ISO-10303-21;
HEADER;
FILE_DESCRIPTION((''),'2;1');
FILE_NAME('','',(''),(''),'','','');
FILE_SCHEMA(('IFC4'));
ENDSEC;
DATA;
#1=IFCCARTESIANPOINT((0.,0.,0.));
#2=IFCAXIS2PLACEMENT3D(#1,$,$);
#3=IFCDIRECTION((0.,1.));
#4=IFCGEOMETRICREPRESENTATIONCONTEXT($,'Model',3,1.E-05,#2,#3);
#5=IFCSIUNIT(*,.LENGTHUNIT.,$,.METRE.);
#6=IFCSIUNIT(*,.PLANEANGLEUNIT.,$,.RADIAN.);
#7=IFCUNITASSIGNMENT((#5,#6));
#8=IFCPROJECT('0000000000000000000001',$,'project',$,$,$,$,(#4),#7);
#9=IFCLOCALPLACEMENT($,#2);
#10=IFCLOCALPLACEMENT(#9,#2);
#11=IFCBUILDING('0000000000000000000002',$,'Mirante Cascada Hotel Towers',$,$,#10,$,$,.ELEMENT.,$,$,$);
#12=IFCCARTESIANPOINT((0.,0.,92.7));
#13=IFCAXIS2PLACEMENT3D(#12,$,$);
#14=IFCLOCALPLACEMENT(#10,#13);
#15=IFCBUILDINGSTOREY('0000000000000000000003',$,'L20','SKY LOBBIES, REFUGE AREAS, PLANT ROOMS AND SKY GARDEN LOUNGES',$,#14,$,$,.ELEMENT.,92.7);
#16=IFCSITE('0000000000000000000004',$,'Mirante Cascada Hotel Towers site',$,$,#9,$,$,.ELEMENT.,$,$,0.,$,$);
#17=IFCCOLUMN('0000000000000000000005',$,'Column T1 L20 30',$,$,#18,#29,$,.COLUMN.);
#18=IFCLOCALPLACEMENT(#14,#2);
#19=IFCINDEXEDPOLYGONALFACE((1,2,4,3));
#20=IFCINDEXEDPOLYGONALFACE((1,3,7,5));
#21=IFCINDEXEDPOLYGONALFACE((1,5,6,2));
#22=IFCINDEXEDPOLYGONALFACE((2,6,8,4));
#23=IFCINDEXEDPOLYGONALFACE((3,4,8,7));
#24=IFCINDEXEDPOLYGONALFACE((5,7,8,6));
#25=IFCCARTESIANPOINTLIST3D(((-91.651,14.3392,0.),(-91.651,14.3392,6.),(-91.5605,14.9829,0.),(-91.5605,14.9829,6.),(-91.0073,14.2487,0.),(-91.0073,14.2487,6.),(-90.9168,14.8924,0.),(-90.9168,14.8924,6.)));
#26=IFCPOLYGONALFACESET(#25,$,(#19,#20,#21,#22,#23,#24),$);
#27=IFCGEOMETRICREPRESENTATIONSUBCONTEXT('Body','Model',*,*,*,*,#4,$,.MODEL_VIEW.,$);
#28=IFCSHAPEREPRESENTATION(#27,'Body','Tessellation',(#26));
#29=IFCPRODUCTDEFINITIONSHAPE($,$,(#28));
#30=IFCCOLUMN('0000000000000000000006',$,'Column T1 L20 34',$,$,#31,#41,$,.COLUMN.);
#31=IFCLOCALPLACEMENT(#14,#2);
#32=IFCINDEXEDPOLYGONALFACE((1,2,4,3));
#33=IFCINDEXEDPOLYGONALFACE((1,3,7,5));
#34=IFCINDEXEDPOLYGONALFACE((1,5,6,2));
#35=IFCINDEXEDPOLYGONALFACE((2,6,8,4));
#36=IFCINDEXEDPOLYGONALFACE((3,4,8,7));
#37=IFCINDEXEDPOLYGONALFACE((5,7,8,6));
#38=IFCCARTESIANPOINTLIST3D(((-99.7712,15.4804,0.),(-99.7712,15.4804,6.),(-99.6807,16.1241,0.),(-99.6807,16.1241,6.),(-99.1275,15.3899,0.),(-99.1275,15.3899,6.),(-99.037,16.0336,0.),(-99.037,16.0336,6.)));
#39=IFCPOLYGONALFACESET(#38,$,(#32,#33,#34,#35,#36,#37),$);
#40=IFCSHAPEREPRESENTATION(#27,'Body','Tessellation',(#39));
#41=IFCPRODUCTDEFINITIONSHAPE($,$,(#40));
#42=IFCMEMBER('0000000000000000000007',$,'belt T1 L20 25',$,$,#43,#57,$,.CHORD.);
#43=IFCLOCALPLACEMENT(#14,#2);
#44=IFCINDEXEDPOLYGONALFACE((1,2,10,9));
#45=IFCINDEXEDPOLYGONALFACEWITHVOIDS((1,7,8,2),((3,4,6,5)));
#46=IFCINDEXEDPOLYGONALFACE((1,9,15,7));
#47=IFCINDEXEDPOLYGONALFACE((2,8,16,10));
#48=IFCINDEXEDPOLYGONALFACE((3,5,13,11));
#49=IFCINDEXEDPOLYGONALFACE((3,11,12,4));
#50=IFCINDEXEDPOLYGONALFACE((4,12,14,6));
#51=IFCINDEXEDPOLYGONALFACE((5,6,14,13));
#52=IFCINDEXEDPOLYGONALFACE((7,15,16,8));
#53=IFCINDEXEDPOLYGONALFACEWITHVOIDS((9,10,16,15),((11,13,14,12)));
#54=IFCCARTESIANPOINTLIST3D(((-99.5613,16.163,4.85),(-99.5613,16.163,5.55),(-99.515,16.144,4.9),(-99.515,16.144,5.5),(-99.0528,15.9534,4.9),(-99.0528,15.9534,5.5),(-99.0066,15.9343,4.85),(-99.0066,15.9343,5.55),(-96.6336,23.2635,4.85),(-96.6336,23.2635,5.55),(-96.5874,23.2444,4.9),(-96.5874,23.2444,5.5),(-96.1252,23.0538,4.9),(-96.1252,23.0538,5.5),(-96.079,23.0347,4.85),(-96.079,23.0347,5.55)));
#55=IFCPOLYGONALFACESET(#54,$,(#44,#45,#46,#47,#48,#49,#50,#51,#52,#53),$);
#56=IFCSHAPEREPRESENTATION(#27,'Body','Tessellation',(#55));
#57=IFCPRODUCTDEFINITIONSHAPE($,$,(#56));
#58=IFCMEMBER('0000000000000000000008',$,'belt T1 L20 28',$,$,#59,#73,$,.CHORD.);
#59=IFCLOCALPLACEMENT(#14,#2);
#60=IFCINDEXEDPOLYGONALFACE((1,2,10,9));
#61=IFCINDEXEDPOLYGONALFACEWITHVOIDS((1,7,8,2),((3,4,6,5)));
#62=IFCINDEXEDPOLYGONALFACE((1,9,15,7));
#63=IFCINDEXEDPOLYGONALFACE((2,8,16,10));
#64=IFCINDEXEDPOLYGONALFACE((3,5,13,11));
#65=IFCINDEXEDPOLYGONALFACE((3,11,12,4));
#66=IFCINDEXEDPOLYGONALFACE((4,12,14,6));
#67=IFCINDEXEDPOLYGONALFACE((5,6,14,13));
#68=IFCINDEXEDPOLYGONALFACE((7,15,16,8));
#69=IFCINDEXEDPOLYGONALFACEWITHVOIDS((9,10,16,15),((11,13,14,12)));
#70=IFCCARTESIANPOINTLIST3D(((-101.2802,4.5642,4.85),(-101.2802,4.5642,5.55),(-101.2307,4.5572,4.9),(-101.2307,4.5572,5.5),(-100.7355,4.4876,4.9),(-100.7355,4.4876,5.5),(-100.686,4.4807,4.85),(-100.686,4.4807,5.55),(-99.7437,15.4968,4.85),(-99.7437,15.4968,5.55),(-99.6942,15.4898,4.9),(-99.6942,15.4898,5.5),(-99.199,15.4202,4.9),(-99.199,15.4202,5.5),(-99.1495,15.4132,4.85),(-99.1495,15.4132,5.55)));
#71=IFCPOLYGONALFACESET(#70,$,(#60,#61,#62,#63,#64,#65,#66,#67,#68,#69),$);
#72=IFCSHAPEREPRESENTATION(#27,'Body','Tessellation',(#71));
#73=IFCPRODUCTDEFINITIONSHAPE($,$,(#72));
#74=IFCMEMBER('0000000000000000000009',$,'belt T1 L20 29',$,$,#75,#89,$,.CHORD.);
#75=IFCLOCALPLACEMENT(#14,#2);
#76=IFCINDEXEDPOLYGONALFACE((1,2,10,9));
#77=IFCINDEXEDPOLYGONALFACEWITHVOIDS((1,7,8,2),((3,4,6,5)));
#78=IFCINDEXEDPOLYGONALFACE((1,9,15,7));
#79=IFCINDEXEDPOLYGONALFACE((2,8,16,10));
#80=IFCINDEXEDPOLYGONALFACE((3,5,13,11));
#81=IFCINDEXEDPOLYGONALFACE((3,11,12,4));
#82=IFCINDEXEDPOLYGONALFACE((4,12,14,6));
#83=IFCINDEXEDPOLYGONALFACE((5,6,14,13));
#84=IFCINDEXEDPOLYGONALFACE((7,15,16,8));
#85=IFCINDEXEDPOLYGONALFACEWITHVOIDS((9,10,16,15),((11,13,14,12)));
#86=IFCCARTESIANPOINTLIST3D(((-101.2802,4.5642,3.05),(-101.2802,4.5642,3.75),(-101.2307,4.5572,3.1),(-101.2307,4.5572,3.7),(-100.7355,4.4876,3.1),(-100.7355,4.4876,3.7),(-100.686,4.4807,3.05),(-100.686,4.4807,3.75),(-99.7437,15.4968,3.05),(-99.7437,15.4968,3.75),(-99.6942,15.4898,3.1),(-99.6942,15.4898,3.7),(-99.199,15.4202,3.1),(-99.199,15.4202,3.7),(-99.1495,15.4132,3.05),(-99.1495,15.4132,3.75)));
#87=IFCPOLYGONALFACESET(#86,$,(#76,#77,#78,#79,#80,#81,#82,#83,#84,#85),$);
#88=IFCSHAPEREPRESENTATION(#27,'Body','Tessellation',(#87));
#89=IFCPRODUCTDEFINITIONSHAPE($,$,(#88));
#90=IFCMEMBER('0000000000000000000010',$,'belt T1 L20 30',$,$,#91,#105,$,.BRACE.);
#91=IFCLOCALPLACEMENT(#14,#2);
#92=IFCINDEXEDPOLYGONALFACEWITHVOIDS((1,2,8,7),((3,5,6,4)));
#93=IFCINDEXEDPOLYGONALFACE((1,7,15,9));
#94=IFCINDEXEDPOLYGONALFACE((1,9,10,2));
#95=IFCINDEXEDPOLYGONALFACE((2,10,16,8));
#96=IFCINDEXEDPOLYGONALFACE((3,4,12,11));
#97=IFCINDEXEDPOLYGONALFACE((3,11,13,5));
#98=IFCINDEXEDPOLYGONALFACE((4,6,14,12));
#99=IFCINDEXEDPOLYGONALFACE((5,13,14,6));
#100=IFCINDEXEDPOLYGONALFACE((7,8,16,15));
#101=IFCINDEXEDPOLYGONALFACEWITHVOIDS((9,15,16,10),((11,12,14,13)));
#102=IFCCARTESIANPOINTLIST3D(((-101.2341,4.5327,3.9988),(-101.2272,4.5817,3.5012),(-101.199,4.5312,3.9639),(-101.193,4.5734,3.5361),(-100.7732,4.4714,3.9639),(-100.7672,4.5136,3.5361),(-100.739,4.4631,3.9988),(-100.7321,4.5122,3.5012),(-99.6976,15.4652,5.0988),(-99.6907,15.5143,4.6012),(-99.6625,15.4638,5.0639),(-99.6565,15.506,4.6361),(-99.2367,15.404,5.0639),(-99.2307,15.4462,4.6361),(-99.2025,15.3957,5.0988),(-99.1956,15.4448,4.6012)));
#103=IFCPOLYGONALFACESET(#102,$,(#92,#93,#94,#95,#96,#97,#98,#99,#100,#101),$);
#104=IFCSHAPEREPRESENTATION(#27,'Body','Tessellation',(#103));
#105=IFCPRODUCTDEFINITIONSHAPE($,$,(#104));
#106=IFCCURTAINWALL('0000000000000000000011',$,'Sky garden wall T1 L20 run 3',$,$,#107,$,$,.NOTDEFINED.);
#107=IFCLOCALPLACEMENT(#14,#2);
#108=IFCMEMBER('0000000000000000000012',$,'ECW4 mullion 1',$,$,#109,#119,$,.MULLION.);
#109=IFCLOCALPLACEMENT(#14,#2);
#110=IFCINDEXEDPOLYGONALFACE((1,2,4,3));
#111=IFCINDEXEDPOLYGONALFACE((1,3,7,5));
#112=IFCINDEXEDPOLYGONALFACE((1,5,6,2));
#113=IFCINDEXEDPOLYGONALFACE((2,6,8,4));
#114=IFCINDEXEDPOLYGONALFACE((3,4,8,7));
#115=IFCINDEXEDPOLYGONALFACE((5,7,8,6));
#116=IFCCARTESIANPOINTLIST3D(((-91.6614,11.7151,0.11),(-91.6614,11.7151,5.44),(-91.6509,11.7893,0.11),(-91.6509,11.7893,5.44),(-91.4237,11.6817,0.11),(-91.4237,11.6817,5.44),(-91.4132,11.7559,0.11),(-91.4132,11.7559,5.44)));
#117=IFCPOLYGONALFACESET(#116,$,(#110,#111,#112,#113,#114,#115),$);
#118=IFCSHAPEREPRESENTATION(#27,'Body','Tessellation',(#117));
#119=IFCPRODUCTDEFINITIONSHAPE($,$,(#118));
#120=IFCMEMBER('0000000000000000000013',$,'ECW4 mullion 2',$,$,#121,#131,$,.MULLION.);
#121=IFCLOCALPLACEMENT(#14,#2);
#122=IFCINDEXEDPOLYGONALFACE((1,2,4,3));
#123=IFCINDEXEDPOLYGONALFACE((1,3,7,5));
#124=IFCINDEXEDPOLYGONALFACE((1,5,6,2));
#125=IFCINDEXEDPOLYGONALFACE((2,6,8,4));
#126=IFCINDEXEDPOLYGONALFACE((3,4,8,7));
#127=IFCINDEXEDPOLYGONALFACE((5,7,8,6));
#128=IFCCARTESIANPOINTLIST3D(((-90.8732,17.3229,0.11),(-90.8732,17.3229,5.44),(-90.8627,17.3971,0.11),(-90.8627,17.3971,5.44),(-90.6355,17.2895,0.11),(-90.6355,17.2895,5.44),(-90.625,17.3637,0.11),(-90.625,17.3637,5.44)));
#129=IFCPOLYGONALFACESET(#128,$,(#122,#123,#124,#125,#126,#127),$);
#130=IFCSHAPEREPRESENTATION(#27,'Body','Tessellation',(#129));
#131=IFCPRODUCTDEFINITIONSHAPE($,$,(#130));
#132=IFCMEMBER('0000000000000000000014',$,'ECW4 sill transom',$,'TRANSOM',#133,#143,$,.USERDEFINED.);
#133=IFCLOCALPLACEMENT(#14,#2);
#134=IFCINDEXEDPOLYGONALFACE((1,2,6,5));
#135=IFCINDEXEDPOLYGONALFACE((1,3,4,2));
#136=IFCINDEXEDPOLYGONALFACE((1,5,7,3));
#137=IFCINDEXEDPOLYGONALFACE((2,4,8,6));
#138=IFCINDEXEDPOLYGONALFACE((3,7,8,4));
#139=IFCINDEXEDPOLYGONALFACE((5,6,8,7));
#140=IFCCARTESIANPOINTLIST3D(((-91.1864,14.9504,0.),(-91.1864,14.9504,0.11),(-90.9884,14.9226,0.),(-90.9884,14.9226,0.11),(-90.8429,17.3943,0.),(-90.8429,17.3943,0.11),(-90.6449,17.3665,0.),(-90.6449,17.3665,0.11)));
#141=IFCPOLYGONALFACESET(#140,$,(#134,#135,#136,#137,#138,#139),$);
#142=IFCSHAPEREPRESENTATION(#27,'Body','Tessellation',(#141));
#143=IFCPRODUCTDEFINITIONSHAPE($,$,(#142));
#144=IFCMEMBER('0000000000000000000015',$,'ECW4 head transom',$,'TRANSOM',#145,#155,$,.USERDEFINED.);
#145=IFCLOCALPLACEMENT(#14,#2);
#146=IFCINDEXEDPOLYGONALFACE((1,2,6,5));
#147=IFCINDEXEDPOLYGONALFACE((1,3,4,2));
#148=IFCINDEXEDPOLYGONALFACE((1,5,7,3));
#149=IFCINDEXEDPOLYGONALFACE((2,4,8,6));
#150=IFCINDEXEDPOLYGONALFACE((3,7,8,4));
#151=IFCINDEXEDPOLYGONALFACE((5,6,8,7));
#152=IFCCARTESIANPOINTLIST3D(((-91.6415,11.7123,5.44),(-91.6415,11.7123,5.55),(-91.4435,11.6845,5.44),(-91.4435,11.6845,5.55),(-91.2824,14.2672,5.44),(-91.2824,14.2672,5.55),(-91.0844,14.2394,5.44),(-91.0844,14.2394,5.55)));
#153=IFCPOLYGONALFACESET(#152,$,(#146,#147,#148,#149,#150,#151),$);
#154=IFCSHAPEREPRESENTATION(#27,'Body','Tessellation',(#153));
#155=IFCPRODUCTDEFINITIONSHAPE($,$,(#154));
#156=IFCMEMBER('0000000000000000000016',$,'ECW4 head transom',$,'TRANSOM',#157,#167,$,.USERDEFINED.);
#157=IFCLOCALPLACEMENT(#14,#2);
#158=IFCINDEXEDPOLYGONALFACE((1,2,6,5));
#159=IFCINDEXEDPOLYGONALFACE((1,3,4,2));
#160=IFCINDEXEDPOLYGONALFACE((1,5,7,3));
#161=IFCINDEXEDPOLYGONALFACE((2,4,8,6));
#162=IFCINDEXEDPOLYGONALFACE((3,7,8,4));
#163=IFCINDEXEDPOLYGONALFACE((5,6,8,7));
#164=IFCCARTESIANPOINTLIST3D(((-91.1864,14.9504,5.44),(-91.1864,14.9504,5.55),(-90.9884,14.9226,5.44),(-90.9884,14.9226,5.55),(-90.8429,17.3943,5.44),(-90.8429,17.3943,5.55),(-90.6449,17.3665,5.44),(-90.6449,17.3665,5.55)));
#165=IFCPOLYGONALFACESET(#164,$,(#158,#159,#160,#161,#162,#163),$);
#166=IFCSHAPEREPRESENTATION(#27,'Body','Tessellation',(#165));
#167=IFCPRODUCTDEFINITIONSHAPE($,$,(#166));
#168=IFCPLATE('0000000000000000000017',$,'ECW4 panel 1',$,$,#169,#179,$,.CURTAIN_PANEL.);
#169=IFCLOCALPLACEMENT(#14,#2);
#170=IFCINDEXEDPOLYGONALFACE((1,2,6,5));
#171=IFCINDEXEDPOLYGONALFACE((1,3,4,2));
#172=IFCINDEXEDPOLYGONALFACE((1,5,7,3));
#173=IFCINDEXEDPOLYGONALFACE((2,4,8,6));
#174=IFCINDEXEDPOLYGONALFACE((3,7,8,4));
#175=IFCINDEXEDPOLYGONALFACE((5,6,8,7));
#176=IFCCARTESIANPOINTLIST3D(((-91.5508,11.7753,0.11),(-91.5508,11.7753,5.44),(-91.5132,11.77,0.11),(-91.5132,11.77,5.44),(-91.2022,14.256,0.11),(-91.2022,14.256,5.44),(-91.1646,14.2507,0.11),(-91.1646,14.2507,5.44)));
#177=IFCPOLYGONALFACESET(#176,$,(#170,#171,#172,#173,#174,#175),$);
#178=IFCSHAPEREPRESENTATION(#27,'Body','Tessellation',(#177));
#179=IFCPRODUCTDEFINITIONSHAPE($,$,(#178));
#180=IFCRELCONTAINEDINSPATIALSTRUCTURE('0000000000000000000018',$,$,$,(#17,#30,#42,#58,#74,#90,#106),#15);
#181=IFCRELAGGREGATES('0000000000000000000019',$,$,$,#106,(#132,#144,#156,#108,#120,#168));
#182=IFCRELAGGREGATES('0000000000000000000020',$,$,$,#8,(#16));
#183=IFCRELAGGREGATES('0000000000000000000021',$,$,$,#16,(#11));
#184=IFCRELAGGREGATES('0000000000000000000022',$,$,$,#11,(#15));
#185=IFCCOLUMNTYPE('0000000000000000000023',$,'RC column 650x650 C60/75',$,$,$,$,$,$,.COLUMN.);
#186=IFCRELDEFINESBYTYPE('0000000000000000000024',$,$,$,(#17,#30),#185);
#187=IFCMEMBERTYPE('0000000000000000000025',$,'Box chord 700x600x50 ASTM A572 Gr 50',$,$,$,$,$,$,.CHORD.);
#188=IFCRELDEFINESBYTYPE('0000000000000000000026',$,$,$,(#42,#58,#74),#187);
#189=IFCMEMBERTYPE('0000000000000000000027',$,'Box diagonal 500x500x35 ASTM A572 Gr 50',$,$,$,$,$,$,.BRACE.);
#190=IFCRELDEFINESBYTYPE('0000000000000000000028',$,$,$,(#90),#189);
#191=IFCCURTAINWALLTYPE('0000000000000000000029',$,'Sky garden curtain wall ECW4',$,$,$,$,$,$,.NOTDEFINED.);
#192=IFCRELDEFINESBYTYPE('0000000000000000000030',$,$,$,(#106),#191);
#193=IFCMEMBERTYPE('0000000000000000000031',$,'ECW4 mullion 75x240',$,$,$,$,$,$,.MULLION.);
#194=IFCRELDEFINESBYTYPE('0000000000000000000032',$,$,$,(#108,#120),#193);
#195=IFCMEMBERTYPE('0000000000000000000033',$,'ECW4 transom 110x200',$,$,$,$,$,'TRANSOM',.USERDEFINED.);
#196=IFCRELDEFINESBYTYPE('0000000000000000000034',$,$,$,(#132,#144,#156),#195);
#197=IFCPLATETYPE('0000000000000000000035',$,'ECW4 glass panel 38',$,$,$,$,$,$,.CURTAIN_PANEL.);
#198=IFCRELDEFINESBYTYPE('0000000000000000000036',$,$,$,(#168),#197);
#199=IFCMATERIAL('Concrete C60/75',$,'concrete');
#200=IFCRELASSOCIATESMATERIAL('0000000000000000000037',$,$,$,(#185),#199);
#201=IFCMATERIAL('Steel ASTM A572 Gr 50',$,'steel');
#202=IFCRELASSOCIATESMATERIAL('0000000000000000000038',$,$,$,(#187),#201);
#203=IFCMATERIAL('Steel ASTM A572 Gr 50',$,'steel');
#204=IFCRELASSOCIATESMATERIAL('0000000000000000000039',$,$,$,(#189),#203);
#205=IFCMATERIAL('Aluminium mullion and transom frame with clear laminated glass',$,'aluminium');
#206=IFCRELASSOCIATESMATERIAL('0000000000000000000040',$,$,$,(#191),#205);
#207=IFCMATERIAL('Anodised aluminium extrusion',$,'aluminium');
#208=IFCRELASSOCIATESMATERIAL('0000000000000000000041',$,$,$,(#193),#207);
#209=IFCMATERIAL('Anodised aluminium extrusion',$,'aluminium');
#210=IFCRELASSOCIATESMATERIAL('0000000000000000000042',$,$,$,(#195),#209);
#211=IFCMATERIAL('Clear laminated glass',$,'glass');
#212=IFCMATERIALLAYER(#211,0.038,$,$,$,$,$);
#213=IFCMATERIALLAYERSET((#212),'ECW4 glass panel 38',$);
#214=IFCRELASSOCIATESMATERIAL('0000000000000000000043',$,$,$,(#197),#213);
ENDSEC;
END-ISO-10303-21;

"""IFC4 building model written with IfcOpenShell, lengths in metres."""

from ifc_helpers import new_model, si_unit, direction, frame, origin, origin_2d, place, context, subcontext, project, spatial, rectangle, hollow_rectangle, extrude, material, layer, layer_set, material_profile, profile_set, type_object, element, aggregate, save


model = new_model("IFC4")

# Units and contexts
model_context = context("Model", 3, precision=1e-05, world=origin(), true_north=direction((0.0, 1.0)))
body_context = subcontext(model_context, "Body", "Model", "MODEL_VIEW")
ifc_project = project(units=[si_unit("LENGTHUNIT", "METRE"), si_unit("PLANEANGLEUNIT", "RADIAN")], contexts=[model_context])

# Site, building, storey
site_placement = place(None, origin())
site = spatial("IfcSite", under=ifc_project, at=site_placement, Name="Mirante Cascada Hotel Towers site", CompositionType="ELEMENT", RefElevation=0.0)
building_placement = place(site_placement, origin())
building = spatial("IfcBuilding", under=site, at=building_placement, Name="Mirante Cascada Hotel Towers", CompositionType="ELEMENT")
storey_placement = place(building_placement, frame((0.0, 0.0, 92.7)))
storey = spatial("IfcBuildingStorey", under=building, at=storey_placement, Name="L20", Description="SKY LOBBIES, REFUGE AREAS, PLANT ROOMS AND SKY GARDEN LOUNGES", CompositionType="ELEMENT", Elevation=92.7)

# Columns
ifc_material_1 = material(Name="Concrete C60/75", Category="concrete")
ifc_material_profile_1 = material_profile(ifc_material_1, rectangle(XDim=0.65, YDim=0.65, at=origin_2d()), Name="RC column 650x650 C60/75")
ifc_profile_set_1 = profile_set([ifc_material_profile_1], Name="Concrete C60/75")
column_type = type_object("IfcColumnType", Name="RC column 650x650 C60/75", PredefinedType="COLUMN", material=ifc_profile_set_1)
for number, where, z_axis, x_axis, name in (
    (1, (-91.2839, 14.6158, 0.0), (0.0, 0.0, 1.0), (-0.990268, 0.139173, 0.0), "Column T1 L20 30"),
    (2, (-99.4041, 15.757, 0.0), (0.0, 0.0, 1.0), (-0.990268, 0.139173, 0.0), "Column T1 L20 34"),
):
    element("IfcColumn", number, at=place(storey_placement, frame(where, z_axis=z_axis, x_axis=x_axis)), inside=storey, type_object=column_type, Name=name, PredefinedType="COLUMN", context=body_context, shape_type="SweptSolid", body=[
        extrude(rectangle(XDim=0.65, YDim=0.65, at=origin_2d()), origin(), (0.0, 0.0, 1.0), 6.0),
    ])

# Members
ifc_material_2 = material(Name="Steel ASTM A572 Gr 50", Category="steel")
ifc_material_profile_2 = material_profile(ifc_material_2, hollow_rectangle(XDim=0.6, YDim=0.7, WallThickness=0.05, at=origin_2d()), Name="Box chord 700x600x50 ASTM A572 Gr 50")
ifc_profile_set_2 = profile_set([ifc_material_profile_2], Name="Steel ASTM A572 Gr 50")
member_type_1 = type_object("IfcMemberType", Name="Box chord 700x600x50 ASTM A572 Gr 50", PredefinedType="CHORD", material=ifc_profile_set_2)
member_1_placement = place(storey_placement, frame((-96.3563, 23.1491, 5.2), z_axis=(-0.381185, -0.924499, 0.0), x_axis=(0.924499, -0.381185, 0.0)))
element("IfcMember", 3, at=member_1_placement, inside=storey, type_object=member_type_1, Name="belt T1 L20 25", PredefinedType="CHORD", context=body_context, shape_type="SweptSolid", body=[
    extrude(hollow_rectangle(XDim=0.6, YDim=0.7, WallThickness=0.05, at=origin_2d()), origin(), (0.0, 0.0, 1.0), 7.6803),
])
for number, where, z_axis, x_axis, name in (
    (4, (-99.4466, 15.455, 5.2), (-0.139175, -0.990268, 0.0), (0.990268, -0.139175, 0.0), "belt T1 L20 28"),
    (5, (-99.4466, 15.455, 3.4), (-0.139175, -0.990268, 0.0), (0.990268, -0.139175, 0.0), "belt T1 L20 29"),
):
    element("IfcMember", number, at=place(storey_placement, frame(where, z_axis=z_axis, x_axis=x_axis)), inside=storey, type_object=member_type_1, Name=name, PredefinedType="CHORD", context=body_context, shape_type="SweptSolid", body=[
        extrude(hollow_rectangle(XDim=0.6, YDim=0.7, WallThickness=0.05, at=origin_2d()), origin(), (0.0, 0.0, 1.0), 11.04),
    ])
ifc_material_3 = material(Name="Steel ASTM A572 Gr 50", Category="steel")
ifc_material_profile_3 = material_profile(ifc_material_3, hollow_rectangle(XDim=0.5, YDim=0.5, WallThickness=0.035, at=origin_2d()), Name="Box diagonal 500x500x35 ASTM A572 Gr 50")
ifc_profile_set_3 = profile_set([ifc_material_profile_3], Name="Steel ASTM A572 Gr 50")
member_type_2 = type_object("IfcMemberType", Name="Box diagonal 500x500x35 ASTM A572 Gr 50", PredefinedType="BRACE", material=ifc_profile_set_3)
member_2_placement = place(storey_placement, frame((-99.4466, 15.455, 4.85), z_axis=(-0.138489, -0.985389, -0.099146), x_axis=(0.990268, -0.139175, 0.0)))
element("IfcMember", 6, at=member_2_placement, inside=storey, type_object=member_type_2, Name="belt T1 L20 30", PredefinedType="BRACE", context=body_context, shape_type="SweptSolid", body=[
    extrude(hollow_rectangle(XDim=0.5, YDim=0.5, WallThickness=0.035, at=origin_2d()), origin(), (0.0, 0.0, 1.0), 11.0947),
])

# Curtain wall, members, plate
ifc_material_4 = material(Name="Aluminium mullion and transom frame with clear laminated glass", Category="aluminium")
curtain_wall_type = type_object("IfcCurtainWallType", Name="Sky garden curtain wall ECW4", PredefinedType="NOTDEFINED", material=ifc_material_4)
curtain_wall_placement = place(storey_placement, origin())
curtain_wall = element("IfcCurtainWall", 7, at=curtain_wall_placement, inside=storey, type_object=curtain_wall_type, Name="Sky garden wall T1 L20 run 3", PredefinedType="NOTDEFINED")
ifc_material_5 = material(Name="Anodised aluminium extrusion", Category="aluminium")
ifc_material_profile_4 = material_profile(ifc_material_5, rectangle(XDim=0.24, YDim=0.075, at=origin_2d()), Name="ECW4 MULLION 75x240")
ifc_profile_set_4 = profile_set([ifc_material_profile_4], Name="Anodised aluminium extrusion")
member_type_3 = type_object("IfcMemberType", Name="ECW4 mullion 75x240", PredefinedType="MULLION", material=ifc_profile_set_4)
member_3_placement = place(storey_placement, frame((-91.5373, 11.7355, 0.11), z_axis=(0.0, 0.0, 1.0), x_axis=(-0.990268, 0.139173, 0.0)))
member_3 = element("IfcMember", 8, at=member_3_placement, type_object=member_type_3, Name="ECW4 mullion 1", PredefinedType="MULLION", context=body_context, shape_type="SweptSolid", body=[
    extrude(rectangle(XDim=0.24, YDim=0.075, at=origin_2d()), origin(), (0.0, 0.0, 1.0), 5.33),
])
member_4_placement = place(storey_placement, frame((-90.7491, 17.3433, 0.11), z_axis=(0.0, 0.0, 1.0), x_axis=(-0.990268, 0.139173, 0.0)))
member_4 = element("IfcMember", 9, at=member_4_placement, type_object=member_type_3, Name="ECW4 mullion 2", PredefinedType="MULLION", context=body_context, shape_type="SweptSolid", body=[
    extrude(rectangle(XDim=0.24, YDim=0.075, at=origin_2d()), origin(), (0.0, 0.0, 1.0), 5.33),
])
ifc_material_6 = material(Name="Anodised aluminium extrusion", Category="aluminium")
ifc_material_profile_5 = material_profile(ifc_material_6, rectangle(XDim=0.2, YDim=0.11, at=origin_2d()), Name="ECW4 TRANSOM 110x200")
ifc_profile_set_5 = profile_set([ifc_material_profile_5], Name="Anodised aluminium extrusion")
member_type_4 = type_object("IfcMemberType", Name="ECW4 transom 110x200", ElementType="TRANSOM", PredefinedType="USERDEFINED", material=ifc_profile_set_5)
member_5_placement = place(storey_placement, frame((-91.0874, 14.9365, 0.055), z_axis=(0.139186, 0.990266, 0.0), x_axis=(-0.990266, 0.139186, 0.0)))
member_5 = element("IfcMember", 10, at=member_5_placement, type_object=member_type_4, Name="ECW4 sill transom", ObjectType="TRANSOM", PredefinedType="USERDEFINED", context=body_context, shape_type="SweptSolid", body=[
    extrude(rectangle(XDim=0.2, YDim=0.11, at=origin_2d()), origin(), (0.0, 0.0, 1.0), 2.4679),
])
member_6_placement = place(storey_placement, frame((-91.5425, 11.6984, 5.495), z_axis=(0.139185, 0.990266, 0.0), x_axis=(-0.990266, 0.139185, 0.0)))
member_6 = element("IfcMember", 11, at=member_6_placement, type_object=member_type_4, Name="ECW4 head transom", ObjectType="TRANSOM", PredefinedType="USERDEFINED", context=body_context, shape_type="SweptSolid", body=[
    extrude(rectangle(XDim=0.2, YDim=0.11, at=origin_2d()), origin(), (0.0, 0.0, 1.0), 2.58),
])
member_7_placement = place(storey_placement, frame((-91.0874, 14.9365, 5.495), z_axis=(0.139186, 0.990266, 0.0), x_axis=(-0.990266, 0.139186, 0.0)))
member_7 = element("IfcMember", 12, at=member_7_placement, type_object=member_type_4, Name="ECW4 head transom", ObjectType="TRANSOM", PredefinedType="USERDEFINED", context=body_context, shape_type="SweptSolid", body=[
    extrude(rectangle(XDim=0.2, YDim=0.11, at=origin_2d()), origin(), (0.0, 0.0, 1.0), 2.4679),
])
ifc_material_7 = material(Name="Clear laminated glass", Category="glass")
ifc_layer_1 = layer(ifc_material_7, 0.038)
ifc_layer_set_1 = layer_set([ifc_layer_1], Name="ECW4 glass panel 38")
plate_type = type_object("IfcPlateType", Name="ECW4 glass panel 38", PredefinedType="CURTAIN_PANEL", material=ifc_layer_set_1)
plate_1_placement = place(storey_placement, frame((-91.3577, 13.013, 0.11), z_axis=(0.0, 0.0, 1.0), x_axis=(0.139173, 0.990268, 0.0)))
plate_1 = element("IfcPlate", 13, at=plate_1_placement, type_object=plate_type, Name="ECW4 panel 1", PredefinedType="CURTAIN_PANEL", context=body_context, shape_type="SweptSolid", body=[
    extrude(rectangle(XDim=2.505, YDim=0.038, at=origin_2d()), origin(), (0.0, 0.0, 1.0), 5.33),
])
aggregate(curtain_wall, [member_5, member_6, member_7, member_3, member_4, plate_1])

save(model, "model.ifc")
